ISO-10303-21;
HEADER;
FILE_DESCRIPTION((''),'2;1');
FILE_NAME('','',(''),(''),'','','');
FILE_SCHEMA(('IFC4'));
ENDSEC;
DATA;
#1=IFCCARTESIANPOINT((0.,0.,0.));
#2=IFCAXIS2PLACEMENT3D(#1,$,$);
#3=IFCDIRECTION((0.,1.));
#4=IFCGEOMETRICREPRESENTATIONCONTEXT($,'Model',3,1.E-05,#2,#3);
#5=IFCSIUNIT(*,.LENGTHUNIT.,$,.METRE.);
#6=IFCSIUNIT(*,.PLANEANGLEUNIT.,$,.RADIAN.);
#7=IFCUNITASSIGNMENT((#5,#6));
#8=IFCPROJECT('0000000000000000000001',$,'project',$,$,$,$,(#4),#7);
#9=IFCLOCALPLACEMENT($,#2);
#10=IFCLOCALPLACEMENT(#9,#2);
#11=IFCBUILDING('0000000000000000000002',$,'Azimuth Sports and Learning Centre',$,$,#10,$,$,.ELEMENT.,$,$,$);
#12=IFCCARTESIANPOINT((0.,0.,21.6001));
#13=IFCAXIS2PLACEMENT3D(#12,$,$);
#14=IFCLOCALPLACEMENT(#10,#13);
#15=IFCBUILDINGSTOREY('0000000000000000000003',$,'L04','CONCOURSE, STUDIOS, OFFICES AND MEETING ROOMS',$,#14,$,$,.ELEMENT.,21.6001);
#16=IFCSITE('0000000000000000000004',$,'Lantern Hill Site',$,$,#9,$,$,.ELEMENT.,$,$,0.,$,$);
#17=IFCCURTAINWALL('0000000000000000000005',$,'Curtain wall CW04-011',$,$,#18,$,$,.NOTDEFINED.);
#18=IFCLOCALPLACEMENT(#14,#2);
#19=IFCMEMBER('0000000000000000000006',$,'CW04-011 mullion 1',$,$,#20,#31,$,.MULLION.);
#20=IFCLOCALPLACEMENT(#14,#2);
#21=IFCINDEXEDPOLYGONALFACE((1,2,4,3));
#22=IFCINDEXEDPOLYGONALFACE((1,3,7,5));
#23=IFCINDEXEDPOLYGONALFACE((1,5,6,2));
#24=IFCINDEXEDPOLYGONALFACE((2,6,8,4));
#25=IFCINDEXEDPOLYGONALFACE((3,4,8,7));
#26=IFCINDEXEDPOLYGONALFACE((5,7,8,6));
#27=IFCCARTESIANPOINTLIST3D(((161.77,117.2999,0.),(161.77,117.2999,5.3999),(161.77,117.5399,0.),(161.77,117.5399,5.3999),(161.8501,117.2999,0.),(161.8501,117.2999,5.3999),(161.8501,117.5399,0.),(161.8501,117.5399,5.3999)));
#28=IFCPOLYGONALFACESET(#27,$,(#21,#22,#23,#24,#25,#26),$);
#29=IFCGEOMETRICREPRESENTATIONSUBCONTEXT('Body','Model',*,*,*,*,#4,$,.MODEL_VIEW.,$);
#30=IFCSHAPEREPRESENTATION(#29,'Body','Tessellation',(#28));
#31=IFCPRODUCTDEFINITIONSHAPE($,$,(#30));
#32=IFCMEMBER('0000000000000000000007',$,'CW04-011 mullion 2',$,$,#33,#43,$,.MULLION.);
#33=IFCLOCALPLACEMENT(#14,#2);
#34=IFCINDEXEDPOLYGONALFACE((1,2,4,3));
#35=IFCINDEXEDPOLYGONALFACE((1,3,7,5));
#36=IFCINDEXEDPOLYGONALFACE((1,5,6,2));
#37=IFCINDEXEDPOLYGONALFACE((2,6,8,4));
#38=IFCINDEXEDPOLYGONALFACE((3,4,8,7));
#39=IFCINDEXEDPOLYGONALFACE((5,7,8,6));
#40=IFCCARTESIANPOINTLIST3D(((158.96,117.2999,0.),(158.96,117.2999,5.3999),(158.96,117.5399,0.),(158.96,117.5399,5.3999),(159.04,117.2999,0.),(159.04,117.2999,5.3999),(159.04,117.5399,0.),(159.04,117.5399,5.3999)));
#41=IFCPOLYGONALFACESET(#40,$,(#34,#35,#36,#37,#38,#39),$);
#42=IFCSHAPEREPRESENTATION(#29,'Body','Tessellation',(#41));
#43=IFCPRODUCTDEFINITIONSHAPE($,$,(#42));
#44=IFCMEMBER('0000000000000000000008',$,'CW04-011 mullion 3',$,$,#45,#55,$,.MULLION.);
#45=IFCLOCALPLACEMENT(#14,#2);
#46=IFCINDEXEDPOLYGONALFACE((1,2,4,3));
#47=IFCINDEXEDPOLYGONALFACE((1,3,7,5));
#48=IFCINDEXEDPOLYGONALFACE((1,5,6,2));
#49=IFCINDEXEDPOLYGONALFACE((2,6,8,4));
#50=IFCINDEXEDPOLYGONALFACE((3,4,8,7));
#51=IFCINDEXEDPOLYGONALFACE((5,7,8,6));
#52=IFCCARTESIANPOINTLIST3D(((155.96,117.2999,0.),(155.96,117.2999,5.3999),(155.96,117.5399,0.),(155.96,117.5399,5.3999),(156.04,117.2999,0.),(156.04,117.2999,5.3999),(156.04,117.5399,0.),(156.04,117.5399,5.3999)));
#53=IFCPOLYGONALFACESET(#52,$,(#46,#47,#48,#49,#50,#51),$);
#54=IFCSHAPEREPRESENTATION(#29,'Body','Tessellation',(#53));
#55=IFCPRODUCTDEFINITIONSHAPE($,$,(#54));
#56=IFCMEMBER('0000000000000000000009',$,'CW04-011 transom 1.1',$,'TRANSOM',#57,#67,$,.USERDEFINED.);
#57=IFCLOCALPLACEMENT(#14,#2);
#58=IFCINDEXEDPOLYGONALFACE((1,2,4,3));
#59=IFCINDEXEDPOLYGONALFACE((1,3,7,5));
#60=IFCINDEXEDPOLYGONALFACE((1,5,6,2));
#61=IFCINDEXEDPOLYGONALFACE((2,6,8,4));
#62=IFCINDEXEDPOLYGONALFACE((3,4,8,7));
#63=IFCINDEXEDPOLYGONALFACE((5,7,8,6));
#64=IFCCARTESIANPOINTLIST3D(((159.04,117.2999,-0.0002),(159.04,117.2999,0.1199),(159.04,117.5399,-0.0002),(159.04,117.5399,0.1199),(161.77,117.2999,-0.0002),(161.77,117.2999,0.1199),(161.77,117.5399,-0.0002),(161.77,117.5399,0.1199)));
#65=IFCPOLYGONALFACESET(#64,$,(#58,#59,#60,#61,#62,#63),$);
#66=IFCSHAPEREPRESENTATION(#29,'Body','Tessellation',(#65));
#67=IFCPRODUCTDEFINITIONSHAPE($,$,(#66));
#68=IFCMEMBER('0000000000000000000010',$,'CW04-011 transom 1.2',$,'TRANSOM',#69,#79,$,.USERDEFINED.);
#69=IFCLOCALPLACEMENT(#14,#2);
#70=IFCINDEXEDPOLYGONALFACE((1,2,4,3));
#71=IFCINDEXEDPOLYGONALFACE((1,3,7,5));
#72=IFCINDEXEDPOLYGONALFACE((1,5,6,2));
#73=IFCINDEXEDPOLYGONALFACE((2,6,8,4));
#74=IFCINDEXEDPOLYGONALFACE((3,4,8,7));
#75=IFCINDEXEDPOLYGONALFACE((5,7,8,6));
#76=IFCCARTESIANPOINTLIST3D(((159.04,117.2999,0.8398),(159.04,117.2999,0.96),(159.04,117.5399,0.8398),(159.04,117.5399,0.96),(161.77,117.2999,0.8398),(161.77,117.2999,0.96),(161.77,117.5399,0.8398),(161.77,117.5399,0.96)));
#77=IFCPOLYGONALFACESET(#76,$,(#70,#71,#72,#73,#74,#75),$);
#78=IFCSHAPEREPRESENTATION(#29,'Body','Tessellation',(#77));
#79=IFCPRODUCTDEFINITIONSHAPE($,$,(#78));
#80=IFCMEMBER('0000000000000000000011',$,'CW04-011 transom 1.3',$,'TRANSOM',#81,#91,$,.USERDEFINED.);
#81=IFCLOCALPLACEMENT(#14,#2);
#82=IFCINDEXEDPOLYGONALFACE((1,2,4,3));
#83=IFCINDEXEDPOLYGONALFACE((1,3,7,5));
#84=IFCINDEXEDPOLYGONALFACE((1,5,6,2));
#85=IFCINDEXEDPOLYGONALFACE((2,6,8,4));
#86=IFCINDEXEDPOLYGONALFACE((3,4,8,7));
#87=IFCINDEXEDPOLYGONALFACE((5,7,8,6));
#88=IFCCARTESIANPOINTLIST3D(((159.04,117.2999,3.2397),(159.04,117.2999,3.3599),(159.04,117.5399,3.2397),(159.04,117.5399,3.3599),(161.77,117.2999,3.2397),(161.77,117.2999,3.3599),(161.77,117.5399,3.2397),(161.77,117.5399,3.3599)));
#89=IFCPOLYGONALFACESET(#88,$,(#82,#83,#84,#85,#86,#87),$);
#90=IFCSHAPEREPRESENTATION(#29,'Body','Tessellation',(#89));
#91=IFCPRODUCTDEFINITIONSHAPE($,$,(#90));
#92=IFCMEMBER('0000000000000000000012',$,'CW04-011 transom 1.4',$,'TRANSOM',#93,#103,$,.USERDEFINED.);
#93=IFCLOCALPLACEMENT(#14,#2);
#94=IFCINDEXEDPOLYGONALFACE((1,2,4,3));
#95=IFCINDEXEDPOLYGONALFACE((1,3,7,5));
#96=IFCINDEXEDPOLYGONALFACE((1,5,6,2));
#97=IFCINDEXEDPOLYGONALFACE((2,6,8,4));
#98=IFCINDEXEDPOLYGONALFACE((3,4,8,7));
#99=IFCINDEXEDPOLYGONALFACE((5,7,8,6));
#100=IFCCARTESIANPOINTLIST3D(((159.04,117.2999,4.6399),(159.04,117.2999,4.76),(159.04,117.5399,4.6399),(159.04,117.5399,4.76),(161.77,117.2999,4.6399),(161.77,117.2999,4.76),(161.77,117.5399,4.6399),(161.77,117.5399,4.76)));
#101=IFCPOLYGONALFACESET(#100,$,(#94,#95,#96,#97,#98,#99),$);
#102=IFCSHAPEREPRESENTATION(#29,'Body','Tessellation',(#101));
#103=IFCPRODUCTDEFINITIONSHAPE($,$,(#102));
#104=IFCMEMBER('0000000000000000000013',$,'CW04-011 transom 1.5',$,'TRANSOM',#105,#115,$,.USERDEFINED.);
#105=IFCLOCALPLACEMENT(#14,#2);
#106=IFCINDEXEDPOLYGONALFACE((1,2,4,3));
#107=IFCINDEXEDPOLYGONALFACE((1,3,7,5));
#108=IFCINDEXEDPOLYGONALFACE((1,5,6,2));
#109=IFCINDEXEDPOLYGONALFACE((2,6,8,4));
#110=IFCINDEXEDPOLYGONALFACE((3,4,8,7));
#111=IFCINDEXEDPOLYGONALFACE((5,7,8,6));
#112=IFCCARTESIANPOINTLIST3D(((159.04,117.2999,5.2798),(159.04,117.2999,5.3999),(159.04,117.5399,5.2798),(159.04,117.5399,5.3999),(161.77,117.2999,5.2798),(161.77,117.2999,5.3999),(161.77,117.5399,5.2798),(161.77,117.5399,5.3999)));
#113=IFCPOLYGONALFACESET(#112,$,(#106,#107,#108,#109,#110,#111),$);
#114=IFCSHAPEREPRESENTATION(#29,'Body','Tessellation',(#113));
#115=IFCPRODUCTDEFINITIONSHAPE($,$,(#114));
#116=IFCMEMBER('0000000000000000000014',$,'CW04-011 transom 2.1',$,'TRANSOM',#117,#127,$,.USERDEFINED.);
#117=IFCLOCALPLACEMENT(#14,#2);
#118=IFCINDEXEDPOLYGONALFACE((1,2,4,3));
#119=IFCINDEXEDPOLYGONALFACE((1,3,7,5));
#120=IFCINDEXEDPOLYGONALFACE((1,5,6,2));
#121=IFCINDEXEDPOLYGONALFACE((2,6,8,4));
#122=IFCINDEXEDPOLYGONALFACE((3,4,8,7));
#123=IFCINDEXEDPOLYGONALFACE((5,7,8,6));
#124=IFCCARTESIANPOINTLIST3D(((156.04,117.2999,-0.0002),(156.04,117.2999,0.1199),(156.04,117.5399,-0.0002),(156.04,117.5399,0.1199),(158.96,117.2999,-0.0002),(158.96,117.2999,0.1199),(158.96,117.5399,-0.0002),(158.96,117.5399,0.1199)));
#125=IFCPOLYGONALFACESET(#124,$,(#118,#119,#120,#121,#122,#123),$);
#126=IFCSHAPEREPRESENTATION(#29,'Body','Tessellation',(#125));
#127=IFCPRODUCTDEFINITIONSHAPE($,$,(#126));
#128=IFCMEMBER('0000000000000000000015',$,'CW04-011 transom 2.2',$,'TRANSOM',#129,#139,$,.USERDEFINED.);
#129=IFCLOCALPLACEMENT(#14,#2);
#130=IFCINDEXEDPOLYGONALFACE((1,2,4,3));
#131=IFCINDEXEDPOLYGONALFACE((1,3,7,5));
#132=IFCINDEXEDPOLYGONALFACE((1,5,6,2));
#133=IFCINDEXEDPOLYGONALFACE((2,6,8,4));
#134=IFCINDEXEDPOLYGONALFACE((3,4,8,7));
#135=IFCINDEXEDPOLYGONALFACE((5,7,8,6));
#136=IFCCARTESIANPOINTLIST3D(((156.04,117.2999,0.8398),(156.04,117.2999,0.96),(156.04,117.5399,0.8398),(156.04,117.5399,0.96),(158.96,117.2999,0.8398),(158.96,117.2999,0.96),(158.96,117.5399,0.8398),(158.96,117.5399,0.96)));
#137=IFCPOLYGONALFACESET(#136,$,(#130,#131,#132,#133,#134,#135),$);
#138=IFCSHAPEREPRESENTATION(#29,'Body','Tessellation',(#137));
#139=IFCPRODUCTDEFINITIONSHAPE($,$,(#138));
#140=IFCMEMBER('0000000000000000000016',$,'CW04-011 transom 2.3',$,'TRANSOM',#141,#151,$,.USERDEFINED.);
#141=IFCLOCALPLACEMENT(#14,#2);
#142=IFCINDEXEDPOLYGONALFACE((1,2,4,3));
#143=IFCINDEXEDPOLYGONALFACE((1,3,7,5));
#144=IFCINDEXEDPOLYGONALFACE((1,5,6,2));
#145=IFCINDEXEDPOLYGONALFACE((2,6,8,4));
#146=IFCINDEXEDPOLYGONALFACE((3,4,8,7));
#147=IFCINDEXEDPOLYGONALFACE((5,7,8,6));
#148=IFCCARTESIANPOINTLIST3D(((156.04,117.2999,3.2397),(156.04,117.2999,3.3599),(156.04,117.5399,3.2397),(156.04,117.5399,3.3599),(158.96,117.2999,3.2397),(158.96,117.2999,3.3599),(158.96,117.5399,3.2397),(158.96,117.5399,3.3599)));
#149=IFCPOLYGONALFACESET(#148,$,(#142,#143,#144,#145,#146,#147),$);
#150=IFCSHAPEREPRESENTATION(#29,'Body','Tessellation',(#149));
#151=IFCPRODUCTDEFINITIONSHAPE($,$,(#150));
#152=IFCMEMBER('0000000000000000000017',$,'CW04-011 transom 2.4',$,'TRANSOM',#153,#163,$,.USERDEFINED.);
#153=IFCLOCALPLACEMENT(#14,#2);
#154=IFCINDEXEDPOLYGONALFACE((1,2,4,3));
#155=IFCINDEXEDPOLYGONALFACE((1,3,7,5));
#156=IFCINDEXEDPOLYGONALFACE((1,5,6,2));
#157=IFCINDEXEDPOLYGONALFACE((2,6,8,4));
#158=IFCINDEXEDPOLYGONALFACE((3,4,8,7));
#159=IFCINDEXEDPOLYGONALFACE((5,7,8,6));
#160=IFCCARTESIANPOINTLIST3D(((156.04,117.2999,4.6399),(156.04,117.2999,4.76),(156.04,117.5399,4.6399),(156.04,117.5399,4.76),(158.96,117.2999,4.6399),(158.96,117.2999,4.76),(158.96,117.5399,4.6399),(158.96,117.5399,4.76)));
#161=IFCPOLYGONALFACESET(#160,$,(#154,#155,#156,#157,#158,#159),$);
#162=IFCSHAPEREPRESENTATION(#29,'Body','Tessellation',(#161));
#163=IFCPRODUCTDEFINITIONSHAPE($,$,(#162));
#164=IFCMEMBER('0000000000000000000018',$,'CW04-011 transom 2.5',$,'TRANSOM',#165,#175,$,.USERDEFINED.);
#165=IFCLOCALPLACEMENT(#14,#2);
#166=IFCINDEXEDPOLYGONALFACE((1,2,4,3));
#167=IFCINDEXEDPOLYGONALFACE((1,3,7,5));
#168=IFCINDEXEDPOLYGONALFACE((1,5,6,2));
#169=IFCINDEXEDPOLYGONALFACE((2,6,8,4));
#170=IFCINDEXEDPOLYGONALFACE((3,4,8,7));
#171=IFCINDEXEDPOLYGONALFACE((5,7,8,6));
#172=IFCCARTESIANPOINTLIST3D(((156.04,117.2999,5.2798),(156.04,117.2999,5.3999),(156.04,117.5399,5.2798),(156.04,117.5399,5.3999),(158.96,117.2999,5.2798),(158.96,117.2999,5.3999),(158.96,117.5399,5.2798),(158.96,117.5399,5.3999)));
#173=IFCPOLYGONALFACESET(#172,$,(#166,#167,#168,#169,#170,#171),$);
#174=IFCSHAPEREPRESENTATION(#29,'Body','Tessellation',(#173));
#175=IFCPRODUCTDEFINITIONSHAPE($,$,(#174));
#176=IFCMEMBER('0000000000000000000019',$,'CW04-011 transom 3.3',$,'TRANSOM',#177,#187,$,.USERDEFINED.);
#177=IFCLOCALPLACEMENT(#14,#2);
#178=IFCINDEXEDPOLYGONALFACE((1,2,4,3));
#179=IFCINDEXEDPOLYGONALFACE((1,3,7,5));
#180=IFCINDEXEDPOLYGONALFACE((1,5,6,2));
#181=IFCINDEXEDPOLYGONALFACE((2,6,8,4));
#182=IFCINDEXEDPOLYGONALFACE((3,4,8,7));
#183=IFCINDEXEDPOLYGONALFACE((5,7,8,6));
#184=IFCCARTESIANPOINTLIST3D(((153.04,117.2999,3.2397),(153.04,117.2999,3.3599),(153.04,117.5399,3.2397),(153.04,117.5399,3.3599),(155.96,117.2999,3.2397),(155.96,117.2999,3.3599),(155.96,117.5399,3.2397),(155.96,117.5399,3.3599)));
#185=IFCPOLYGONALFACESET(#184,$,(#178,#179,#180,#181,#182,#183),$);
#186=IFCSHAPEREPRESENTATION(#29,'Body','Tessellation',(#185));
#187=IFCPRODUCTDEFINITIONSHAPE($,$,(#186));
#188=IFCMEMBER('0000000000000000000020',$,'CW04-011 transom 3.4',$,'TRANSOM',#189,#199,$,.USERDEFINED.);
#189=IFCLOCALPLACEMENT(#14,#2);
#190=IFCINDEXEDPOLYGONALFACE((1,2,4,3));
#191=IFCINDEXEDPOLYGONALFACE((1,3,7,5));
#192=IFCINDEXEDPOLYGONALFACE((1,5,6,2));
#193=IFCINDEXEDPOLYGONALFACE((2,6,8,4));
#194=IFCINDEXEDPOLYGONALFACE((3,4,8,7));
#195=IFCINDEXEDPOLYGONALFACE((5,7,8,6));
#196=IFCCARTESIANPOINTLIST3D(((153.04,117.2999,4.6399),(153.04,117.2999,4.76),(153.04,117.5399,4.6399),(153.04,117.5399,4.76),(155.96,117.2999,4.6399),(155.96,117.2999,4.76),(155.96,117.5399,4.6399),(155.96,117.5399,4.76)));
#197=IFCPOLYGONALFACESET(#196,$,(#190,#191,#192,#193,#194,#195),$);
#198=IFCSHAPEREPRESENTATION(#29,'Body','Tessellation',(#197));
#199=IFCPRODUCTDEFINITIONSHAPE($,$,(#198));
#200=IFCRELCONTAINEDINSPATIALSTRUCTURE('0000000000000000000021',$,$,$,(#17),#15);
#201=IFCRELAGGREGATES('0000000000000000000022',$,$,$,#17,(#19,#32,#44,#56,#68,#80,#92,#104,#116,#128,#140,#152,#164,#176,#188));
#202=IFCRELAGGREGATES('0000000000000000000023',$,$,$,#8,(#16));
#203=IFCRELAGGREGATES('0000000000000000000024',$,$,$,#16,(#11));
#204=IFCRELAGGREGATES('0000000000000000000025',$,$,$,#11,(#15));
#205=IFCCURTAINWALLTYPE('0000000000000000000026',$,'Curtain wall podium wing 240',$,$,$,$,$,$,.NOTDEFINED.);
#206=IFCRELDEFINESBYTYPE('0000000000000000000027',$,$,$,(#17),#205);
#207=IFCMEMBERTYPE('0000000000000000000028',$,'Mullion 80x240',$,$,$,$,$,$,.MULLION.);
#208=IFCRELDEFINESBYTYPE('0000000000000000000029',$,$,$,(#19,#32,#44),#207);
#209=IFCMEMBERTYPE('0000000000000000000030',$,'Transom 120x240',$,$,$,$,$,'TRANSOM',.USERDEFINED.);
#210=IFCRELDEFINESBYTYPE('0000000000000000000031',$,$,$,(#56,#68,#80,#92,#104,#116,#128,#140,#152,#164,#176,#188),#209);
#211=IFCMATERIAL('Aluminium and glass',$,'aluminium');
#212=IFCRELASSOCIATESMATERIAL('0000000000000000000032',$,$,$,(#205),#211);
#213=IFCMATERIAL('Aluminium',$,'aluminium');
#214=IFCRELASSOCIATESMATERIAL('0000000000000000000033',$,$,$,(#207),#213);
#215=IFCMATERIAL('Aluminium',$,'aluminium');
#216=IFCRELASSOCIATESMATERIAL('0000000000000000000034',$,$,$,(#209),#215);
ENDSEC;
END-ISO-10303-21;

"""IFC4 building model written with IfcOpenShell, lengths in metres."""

from ifc_helpers import new_model, si_unit, direction, frame, origin, origin_2d, place, context, subcontext, project, spatial, rectangle, extrude, material, material_profile, profile_set, type_object, element, aggregate, save


model = new_model("IFC4")

# Units and contexts
model_context = context("Model", 3, precision=1e-05, world=origin(), true_north=direction((0.0, 1.0)))
body_context = subcontext(model_context, "Body", "Model", "MODEL_VIEW")
ifc_project = project(units=[si_unit("LENGTHUNIT", "METRE"), si_unit("PLANEANGLEUNIT", "RADIAN")], contexts=[model_context])

# Site, building, storey
site_placement = place(None, origin())
site = spatial("IfcSite", under=ifc_project, at=site_placement, Name="Lantern Hill Site", CompositionType="ELEMENT", RefElevation=0.0)
building_placement = place(site_placement, origin())
building = spatial("IfcBuilding", under=site, at=building_placement, Name="Azimuth Sports and Learning Centre", CompositionType="ELEMENT")
storey_placement = place(building_placement, frame((0.0, 0.0, 21.6001)))
storey = spatial("IfcBuildingStorey", under=building, at=storey_placement, Name="L04", Description="CONCOURSE, STUDIOS, OFFICES AND MEETING ROOMS", CompositionType="ELEMENT", Elevation=21.6001)

# Curtain wall, members
ifc_material_1 = material(Name="Aluminium and glass", Category="aluminium")
curtain_wall_type = type_object("IfcCurtainWallType", Name="Curtain wall podium wing 240", PredefinedType="NOTDEFINED", material=ifc_material_1)
curtain_wall_placement = place(storey_placement, origin())
curtain_wall = element("IfcCurtainWall", 1, at=curtain_wall_placement, inside=storey, type_object=curtain_wall_type, Name="Curtain wall CW04-011", PredefinedType="NOTDEFINED")
ifc_material_2 = material(Name="Aluminium", Category="aluminium")
ifc_material_profile_1 = material_profile(ifc_material_2, rectangle(XDim=0.24, YDim=0.0801, at=origin_2d()), Name="Mullion 80x240")
ifc_profile_set_1 = profile_set([ifc_material_profile_1], Name="Aluminium")
member_type_1 = type_object("IfcMemberType", Name="Mullion 80x240", PredefinedType="MULLION", material=ifc_profile_set_1)
member_1_placement = place(storey_placement, frame((161.8101, 117.4199, 0.0), z_axis=(0.0, 0.0, 1.0), x_axis=(0.0, -1.0, 0.0)))
member_1 = element("IfcMember", 2, at=member_1_placement, type_object=member_type_1, Name="CW04-011 mullion 1", PredefinedType="MULLION", context=body_context, shape_type="SweptSolid", body=[
    extrude(rectangle(XDim=0.24, YDim=0.0801, at=origin_2d()), origin(), (0.0, 0.0, 1.0), 5.3999),
])
member_2_placement = place(storey_placement, frame((159.0, 117.4199, 0.0), z_axis=(0.0, 0.0, 1.0), x_axis=(0.0, -1.0, 0.0)))
member_2 = element("IfcMember", 3, at=member_2_placement, type_object=member_type_1, Name="CW04-011 mullion 2", PredefinedType="MULLION", context=body_context, shape_type="SweptSolid", body=[
    extrude(rectangle(XDim=0.24, YDim=0.0801, at=origin_2d()), origin(), (0.0, 0.0, 1.0), 5.3999),
])
member_3_placement = place(storey_placement, frame((156.0, 117.4199, 0.0), z_axis=(0.0, 0.0, 1.0), x_axis=(0.0, -1.0, 0.0)))
member_3 = element("IfcMember", 4, at=member_3_placement, type_object=member_type_1, Name="CW04-011 mullion 3", PredefinedType="MULLION", context=body_context, shape_type="SweptSolid", body=[
    extrude(rectangle(XDim=0.24, YDim=0.0801, at=origin_2d()), origin(), (0.0, 0.0, 1.0), 5.3999),
])
ifc_material_3 = material(Name="Aluminium", Category="aluminium")
ifc_material_profile_2 = material_profile(ifc_material_3, rectangle(XDim=0.24, YDim=0.1201, at=origin_2d()), Name="Transom 120x240")
ifc_profile_set_2 = profile_set([ifc_material_profile_2], Name="Aluminium")
member_type_2 = type_object("IfcMemberType", Name="Transom 120x240", ElementType="TRANSOM", PredefinedType="USERDEFINED", material=ifc_profile_set_2)
member_4_placement = place(storey_placement, frame((161.77, 117.4199, 0.0598), z_axis=(-1.0, 0.0, 0.0), x_axis=(0.0, -1.0, 0.0)))
member_4 = element("IfcMember", 5, at=member_4_placement, type_object=member_type_2, Name="CW04-011 transom 1.1", ObjectType="TRANSOM", PredefinedType="USERDEFINED", context=body_context, shape_type="SweptSolid", body=[
    extrude(rectangle(XDim=0.24, YDim=0.1201, at=origin_2d()), origin(), (0.0, 0.0, 1.0), 2.73),
])
member_5_placement = place(storey_placement, frame((161.77, 117.4199, 0.8999), z_axis=(-1.0, 0.0, 0.0), x_axis=(0.0, -1.0, 0.0)))
member_5 = element("IfcMember", 6, at=member_5_placement, type_object=member_type_2, Name="CW04-011 transom 1.2", ObjectType="TRANSOM", PredefinedType="USERDEFINED", context=body_context, shape_type="SweptSolid", body=[
    extrude(rectangle(XDim=0.24, YDim=0.1201, at=origin_2d()), origin(), (0.0, 0.0, 1.0), 2.73),
])
member_6_placement = place(storey_placement, frame((161.77, 117.4199, 3.2998), z_axis=(-1.0, 0.0, 0.0), x_axis=(0.0, -1.0, 0.0)))
member_6 = element("IfcMember", 7, at=member_6_placement, type_object=member_type_2, Name="CW04-011 transom 1.3", ObjectType="TRANSOM", PredefinedType="USERDEFINED", context=body_context, shape_type="SweptSolid", body=[
    extrude(rectangle(XDim=0.24, YDim=0.1201, at=origin_2d()), origin(), (0.0, 0.0, 1.0), 2.73),
])
member_7_placement = place(storey_placement, frame((161.77, 117.4199, 4.7), z_axis=(-1.0, 0.0, 0.0), x_axis=(0.0, -1.0, 0.0)))
member_7 = element("IfcMember", 8, at=member_7_placement, type_object=member_type_2, Name="CW04-011 transom 1.4", ObjectType="TRANSOM", PredefinedType="USERDEFINED", context=body_context, shape_type="SweptSolid", body=[
    extrude(rectangle(XDim=0.24, YDim=0.1201, at=origin_2d()), origin(), (0.0, 0.0, 1.0), 2.73),
])
member_8_placement = place(storey_placement, frame((161.77, 117.4199, 5.3398), z_axis=(-1.0, 0.0, 0.0), x_axis=(0.0, -1.0, 0.0)))
member_8 = element("IfcMember", 9, at=member_8_placement, type_object=member_type_2, Name="CW04-011 transom 1.5", ObjectType="TRANSOM", PredefinedType="USERDEFINED", context=body_context, shape_type="SweptSolid", body=[
    extrude(rectangle(XDim=0.24, YDim=0.1201, at=origin_2d()), origin(), (0.0, 0.0, 1.0), 2.73),
])
member_9_placement = place(storey_placement, frame((158.96, 117.4199, 0.0598), z_axis=(-1.0, 0.0, 0.0), x_axis=(0.0, -1.0, 0.0)))
member_9 = element("IfcMember", 10, at=member_9_placement, type_object=member_type_2, Name="CW04-011 transom 2.1", ObjectType="TRANSOM", PredefinedType="USERDEFINED", context=body_context, shape_type="SweptSolid", body=[
    extrude(rectangle(XDim=0.24, YDim=0.1201, at=origin_2d()), origin(), (0.0, 0.0, 1.0), 2.9199),
])
member_10_placement = place(storey_placement, frame((158.96, 117.4199, 0.8999), z_axis=(-1.0, 0.0, 0.0), x_axis=(0.0, -1.0, 0.0)))
member_10 = element("IfcMember", 11, at=member_10_placement, type_object=member_type_2, Name="CW04-011 transom 2.2", ObjectType="TRANSOM", PredefinedType="USERDEFINED", context=body_context, shape_type="SweptSolid", body=[
    extrude(rectangle(XDim=0.24, YDim=0.1201, at=origin_2d()), origin(), (0.0, 0.0, 1.0), 2.9199),
])
member_11_placement = place(storey_placement, frame((158.96, 117.4199, 3.2998), z_axis=(-1.0, 0.0, 0.0), x_axis=(0.0, -1.0, 0.0)))
member_11 = element("IfcMember", 12, at=member_11_placement, type_object=member_type_2, Name="CW04-011 transom 2.3", ObjectType="TRANSOM", PredefinedType="USERDEFINED", context=body_context, shape_type="SweptSolid", body=[
    extrude(rectangle(XDim=0.24, YDim=0.1201, at=origin_2d()), origin(), (0.0, 0.0, 1.0), 2.9199),
])
member_12_placement = place(storey_placement, frame((158.96, 117.4199, 4.7), z_axis=(-1.0, 0.0, 0.0), x_axis=(0.0, -1.0, 0.0)))
member_12 = element("IfcMember", 13, at=member_12_placement, type_object=member_type_2, Name="CW04-011 transom 2.4", ObjectType="TRANSOM", PredefinedType="USERDEFINED", context=body_context, shape_type="SweptSolid", body=[
    extrude(rectangle(XDim=0.24, YDim=0.1201, at=origin_2d()), origin(), (0.0, 0.0, 1.0), 2.9199),
])
member_13_placement = place(storey_placement, frame((158.96, 117.4199, 5.3398), z_axis=(-1.0, 0.0, 0.0), x_axis=(0.0, -1.0, 0.0)))
member_13 = element("IfcMember", 14, at=member_13_placement, type_object=member_type_2, Name="CW04-011 transom 2.5", ObjectType="TRANSOM", PredefinedType="USERDEFINED", context=body_context, shape_type="SweptSolid", body=[
    extrude(rectangle(XDim=0.24, YDim=0.1201, at=origin_2d()), origin(), (0.0, 0.0, 1.0), 2.9199),
])
member_14_placement = place(storey_placement, frame((155.96, 117.4199, 3.2998), z_axis=(-1.0, 0.0, 0.0), x_axis=(0.0, -1.0, 0.0)))
member_14 = element("IfcMember", 15, at=member_14_placement, type_object=member_type_2, Name="CW04-011 transom 3.3", ObjectType="TRANSOM", PredefinedType="USERDEFINED", context=body_context, shape_type="SweptSolid", body=[
    extrude(rectangle(XDim=0.24, YDim=0.1201, at=origin_2d()), origin(), (0.0, 0.0, 1.0), 2.9199),
])
member_15_placement = place(storey_placement, frame((155.96, 117.4199, 4.7), z_axis=(-1.0, 0.0, 0.0), x_axis=(0.0, -1.0, 0.0)))
member_15 = element("IfcMember", 16, at=member_15_placement, type_object=member_type_2, Name="CW04-011 transom 3.4", ObjectType="TRANSOM", PredefinedType="USERDEFINED", context=body_context, shape_type="SweptSolid", body=[
    extrude(rectangle(XDim=0.24, YDim=0.1201, at=origin_2d()), origin(), (0.0, 0.0, 1.0), 2.9199),
])
aggregate(curtain_wall, [member_1, member_2, member_3, member_4, member_5, member_6, member_7, member_8, member_9, member_10, member_11, member_12, member_13, member_14, member_15])

save(model, "model.ifc")
